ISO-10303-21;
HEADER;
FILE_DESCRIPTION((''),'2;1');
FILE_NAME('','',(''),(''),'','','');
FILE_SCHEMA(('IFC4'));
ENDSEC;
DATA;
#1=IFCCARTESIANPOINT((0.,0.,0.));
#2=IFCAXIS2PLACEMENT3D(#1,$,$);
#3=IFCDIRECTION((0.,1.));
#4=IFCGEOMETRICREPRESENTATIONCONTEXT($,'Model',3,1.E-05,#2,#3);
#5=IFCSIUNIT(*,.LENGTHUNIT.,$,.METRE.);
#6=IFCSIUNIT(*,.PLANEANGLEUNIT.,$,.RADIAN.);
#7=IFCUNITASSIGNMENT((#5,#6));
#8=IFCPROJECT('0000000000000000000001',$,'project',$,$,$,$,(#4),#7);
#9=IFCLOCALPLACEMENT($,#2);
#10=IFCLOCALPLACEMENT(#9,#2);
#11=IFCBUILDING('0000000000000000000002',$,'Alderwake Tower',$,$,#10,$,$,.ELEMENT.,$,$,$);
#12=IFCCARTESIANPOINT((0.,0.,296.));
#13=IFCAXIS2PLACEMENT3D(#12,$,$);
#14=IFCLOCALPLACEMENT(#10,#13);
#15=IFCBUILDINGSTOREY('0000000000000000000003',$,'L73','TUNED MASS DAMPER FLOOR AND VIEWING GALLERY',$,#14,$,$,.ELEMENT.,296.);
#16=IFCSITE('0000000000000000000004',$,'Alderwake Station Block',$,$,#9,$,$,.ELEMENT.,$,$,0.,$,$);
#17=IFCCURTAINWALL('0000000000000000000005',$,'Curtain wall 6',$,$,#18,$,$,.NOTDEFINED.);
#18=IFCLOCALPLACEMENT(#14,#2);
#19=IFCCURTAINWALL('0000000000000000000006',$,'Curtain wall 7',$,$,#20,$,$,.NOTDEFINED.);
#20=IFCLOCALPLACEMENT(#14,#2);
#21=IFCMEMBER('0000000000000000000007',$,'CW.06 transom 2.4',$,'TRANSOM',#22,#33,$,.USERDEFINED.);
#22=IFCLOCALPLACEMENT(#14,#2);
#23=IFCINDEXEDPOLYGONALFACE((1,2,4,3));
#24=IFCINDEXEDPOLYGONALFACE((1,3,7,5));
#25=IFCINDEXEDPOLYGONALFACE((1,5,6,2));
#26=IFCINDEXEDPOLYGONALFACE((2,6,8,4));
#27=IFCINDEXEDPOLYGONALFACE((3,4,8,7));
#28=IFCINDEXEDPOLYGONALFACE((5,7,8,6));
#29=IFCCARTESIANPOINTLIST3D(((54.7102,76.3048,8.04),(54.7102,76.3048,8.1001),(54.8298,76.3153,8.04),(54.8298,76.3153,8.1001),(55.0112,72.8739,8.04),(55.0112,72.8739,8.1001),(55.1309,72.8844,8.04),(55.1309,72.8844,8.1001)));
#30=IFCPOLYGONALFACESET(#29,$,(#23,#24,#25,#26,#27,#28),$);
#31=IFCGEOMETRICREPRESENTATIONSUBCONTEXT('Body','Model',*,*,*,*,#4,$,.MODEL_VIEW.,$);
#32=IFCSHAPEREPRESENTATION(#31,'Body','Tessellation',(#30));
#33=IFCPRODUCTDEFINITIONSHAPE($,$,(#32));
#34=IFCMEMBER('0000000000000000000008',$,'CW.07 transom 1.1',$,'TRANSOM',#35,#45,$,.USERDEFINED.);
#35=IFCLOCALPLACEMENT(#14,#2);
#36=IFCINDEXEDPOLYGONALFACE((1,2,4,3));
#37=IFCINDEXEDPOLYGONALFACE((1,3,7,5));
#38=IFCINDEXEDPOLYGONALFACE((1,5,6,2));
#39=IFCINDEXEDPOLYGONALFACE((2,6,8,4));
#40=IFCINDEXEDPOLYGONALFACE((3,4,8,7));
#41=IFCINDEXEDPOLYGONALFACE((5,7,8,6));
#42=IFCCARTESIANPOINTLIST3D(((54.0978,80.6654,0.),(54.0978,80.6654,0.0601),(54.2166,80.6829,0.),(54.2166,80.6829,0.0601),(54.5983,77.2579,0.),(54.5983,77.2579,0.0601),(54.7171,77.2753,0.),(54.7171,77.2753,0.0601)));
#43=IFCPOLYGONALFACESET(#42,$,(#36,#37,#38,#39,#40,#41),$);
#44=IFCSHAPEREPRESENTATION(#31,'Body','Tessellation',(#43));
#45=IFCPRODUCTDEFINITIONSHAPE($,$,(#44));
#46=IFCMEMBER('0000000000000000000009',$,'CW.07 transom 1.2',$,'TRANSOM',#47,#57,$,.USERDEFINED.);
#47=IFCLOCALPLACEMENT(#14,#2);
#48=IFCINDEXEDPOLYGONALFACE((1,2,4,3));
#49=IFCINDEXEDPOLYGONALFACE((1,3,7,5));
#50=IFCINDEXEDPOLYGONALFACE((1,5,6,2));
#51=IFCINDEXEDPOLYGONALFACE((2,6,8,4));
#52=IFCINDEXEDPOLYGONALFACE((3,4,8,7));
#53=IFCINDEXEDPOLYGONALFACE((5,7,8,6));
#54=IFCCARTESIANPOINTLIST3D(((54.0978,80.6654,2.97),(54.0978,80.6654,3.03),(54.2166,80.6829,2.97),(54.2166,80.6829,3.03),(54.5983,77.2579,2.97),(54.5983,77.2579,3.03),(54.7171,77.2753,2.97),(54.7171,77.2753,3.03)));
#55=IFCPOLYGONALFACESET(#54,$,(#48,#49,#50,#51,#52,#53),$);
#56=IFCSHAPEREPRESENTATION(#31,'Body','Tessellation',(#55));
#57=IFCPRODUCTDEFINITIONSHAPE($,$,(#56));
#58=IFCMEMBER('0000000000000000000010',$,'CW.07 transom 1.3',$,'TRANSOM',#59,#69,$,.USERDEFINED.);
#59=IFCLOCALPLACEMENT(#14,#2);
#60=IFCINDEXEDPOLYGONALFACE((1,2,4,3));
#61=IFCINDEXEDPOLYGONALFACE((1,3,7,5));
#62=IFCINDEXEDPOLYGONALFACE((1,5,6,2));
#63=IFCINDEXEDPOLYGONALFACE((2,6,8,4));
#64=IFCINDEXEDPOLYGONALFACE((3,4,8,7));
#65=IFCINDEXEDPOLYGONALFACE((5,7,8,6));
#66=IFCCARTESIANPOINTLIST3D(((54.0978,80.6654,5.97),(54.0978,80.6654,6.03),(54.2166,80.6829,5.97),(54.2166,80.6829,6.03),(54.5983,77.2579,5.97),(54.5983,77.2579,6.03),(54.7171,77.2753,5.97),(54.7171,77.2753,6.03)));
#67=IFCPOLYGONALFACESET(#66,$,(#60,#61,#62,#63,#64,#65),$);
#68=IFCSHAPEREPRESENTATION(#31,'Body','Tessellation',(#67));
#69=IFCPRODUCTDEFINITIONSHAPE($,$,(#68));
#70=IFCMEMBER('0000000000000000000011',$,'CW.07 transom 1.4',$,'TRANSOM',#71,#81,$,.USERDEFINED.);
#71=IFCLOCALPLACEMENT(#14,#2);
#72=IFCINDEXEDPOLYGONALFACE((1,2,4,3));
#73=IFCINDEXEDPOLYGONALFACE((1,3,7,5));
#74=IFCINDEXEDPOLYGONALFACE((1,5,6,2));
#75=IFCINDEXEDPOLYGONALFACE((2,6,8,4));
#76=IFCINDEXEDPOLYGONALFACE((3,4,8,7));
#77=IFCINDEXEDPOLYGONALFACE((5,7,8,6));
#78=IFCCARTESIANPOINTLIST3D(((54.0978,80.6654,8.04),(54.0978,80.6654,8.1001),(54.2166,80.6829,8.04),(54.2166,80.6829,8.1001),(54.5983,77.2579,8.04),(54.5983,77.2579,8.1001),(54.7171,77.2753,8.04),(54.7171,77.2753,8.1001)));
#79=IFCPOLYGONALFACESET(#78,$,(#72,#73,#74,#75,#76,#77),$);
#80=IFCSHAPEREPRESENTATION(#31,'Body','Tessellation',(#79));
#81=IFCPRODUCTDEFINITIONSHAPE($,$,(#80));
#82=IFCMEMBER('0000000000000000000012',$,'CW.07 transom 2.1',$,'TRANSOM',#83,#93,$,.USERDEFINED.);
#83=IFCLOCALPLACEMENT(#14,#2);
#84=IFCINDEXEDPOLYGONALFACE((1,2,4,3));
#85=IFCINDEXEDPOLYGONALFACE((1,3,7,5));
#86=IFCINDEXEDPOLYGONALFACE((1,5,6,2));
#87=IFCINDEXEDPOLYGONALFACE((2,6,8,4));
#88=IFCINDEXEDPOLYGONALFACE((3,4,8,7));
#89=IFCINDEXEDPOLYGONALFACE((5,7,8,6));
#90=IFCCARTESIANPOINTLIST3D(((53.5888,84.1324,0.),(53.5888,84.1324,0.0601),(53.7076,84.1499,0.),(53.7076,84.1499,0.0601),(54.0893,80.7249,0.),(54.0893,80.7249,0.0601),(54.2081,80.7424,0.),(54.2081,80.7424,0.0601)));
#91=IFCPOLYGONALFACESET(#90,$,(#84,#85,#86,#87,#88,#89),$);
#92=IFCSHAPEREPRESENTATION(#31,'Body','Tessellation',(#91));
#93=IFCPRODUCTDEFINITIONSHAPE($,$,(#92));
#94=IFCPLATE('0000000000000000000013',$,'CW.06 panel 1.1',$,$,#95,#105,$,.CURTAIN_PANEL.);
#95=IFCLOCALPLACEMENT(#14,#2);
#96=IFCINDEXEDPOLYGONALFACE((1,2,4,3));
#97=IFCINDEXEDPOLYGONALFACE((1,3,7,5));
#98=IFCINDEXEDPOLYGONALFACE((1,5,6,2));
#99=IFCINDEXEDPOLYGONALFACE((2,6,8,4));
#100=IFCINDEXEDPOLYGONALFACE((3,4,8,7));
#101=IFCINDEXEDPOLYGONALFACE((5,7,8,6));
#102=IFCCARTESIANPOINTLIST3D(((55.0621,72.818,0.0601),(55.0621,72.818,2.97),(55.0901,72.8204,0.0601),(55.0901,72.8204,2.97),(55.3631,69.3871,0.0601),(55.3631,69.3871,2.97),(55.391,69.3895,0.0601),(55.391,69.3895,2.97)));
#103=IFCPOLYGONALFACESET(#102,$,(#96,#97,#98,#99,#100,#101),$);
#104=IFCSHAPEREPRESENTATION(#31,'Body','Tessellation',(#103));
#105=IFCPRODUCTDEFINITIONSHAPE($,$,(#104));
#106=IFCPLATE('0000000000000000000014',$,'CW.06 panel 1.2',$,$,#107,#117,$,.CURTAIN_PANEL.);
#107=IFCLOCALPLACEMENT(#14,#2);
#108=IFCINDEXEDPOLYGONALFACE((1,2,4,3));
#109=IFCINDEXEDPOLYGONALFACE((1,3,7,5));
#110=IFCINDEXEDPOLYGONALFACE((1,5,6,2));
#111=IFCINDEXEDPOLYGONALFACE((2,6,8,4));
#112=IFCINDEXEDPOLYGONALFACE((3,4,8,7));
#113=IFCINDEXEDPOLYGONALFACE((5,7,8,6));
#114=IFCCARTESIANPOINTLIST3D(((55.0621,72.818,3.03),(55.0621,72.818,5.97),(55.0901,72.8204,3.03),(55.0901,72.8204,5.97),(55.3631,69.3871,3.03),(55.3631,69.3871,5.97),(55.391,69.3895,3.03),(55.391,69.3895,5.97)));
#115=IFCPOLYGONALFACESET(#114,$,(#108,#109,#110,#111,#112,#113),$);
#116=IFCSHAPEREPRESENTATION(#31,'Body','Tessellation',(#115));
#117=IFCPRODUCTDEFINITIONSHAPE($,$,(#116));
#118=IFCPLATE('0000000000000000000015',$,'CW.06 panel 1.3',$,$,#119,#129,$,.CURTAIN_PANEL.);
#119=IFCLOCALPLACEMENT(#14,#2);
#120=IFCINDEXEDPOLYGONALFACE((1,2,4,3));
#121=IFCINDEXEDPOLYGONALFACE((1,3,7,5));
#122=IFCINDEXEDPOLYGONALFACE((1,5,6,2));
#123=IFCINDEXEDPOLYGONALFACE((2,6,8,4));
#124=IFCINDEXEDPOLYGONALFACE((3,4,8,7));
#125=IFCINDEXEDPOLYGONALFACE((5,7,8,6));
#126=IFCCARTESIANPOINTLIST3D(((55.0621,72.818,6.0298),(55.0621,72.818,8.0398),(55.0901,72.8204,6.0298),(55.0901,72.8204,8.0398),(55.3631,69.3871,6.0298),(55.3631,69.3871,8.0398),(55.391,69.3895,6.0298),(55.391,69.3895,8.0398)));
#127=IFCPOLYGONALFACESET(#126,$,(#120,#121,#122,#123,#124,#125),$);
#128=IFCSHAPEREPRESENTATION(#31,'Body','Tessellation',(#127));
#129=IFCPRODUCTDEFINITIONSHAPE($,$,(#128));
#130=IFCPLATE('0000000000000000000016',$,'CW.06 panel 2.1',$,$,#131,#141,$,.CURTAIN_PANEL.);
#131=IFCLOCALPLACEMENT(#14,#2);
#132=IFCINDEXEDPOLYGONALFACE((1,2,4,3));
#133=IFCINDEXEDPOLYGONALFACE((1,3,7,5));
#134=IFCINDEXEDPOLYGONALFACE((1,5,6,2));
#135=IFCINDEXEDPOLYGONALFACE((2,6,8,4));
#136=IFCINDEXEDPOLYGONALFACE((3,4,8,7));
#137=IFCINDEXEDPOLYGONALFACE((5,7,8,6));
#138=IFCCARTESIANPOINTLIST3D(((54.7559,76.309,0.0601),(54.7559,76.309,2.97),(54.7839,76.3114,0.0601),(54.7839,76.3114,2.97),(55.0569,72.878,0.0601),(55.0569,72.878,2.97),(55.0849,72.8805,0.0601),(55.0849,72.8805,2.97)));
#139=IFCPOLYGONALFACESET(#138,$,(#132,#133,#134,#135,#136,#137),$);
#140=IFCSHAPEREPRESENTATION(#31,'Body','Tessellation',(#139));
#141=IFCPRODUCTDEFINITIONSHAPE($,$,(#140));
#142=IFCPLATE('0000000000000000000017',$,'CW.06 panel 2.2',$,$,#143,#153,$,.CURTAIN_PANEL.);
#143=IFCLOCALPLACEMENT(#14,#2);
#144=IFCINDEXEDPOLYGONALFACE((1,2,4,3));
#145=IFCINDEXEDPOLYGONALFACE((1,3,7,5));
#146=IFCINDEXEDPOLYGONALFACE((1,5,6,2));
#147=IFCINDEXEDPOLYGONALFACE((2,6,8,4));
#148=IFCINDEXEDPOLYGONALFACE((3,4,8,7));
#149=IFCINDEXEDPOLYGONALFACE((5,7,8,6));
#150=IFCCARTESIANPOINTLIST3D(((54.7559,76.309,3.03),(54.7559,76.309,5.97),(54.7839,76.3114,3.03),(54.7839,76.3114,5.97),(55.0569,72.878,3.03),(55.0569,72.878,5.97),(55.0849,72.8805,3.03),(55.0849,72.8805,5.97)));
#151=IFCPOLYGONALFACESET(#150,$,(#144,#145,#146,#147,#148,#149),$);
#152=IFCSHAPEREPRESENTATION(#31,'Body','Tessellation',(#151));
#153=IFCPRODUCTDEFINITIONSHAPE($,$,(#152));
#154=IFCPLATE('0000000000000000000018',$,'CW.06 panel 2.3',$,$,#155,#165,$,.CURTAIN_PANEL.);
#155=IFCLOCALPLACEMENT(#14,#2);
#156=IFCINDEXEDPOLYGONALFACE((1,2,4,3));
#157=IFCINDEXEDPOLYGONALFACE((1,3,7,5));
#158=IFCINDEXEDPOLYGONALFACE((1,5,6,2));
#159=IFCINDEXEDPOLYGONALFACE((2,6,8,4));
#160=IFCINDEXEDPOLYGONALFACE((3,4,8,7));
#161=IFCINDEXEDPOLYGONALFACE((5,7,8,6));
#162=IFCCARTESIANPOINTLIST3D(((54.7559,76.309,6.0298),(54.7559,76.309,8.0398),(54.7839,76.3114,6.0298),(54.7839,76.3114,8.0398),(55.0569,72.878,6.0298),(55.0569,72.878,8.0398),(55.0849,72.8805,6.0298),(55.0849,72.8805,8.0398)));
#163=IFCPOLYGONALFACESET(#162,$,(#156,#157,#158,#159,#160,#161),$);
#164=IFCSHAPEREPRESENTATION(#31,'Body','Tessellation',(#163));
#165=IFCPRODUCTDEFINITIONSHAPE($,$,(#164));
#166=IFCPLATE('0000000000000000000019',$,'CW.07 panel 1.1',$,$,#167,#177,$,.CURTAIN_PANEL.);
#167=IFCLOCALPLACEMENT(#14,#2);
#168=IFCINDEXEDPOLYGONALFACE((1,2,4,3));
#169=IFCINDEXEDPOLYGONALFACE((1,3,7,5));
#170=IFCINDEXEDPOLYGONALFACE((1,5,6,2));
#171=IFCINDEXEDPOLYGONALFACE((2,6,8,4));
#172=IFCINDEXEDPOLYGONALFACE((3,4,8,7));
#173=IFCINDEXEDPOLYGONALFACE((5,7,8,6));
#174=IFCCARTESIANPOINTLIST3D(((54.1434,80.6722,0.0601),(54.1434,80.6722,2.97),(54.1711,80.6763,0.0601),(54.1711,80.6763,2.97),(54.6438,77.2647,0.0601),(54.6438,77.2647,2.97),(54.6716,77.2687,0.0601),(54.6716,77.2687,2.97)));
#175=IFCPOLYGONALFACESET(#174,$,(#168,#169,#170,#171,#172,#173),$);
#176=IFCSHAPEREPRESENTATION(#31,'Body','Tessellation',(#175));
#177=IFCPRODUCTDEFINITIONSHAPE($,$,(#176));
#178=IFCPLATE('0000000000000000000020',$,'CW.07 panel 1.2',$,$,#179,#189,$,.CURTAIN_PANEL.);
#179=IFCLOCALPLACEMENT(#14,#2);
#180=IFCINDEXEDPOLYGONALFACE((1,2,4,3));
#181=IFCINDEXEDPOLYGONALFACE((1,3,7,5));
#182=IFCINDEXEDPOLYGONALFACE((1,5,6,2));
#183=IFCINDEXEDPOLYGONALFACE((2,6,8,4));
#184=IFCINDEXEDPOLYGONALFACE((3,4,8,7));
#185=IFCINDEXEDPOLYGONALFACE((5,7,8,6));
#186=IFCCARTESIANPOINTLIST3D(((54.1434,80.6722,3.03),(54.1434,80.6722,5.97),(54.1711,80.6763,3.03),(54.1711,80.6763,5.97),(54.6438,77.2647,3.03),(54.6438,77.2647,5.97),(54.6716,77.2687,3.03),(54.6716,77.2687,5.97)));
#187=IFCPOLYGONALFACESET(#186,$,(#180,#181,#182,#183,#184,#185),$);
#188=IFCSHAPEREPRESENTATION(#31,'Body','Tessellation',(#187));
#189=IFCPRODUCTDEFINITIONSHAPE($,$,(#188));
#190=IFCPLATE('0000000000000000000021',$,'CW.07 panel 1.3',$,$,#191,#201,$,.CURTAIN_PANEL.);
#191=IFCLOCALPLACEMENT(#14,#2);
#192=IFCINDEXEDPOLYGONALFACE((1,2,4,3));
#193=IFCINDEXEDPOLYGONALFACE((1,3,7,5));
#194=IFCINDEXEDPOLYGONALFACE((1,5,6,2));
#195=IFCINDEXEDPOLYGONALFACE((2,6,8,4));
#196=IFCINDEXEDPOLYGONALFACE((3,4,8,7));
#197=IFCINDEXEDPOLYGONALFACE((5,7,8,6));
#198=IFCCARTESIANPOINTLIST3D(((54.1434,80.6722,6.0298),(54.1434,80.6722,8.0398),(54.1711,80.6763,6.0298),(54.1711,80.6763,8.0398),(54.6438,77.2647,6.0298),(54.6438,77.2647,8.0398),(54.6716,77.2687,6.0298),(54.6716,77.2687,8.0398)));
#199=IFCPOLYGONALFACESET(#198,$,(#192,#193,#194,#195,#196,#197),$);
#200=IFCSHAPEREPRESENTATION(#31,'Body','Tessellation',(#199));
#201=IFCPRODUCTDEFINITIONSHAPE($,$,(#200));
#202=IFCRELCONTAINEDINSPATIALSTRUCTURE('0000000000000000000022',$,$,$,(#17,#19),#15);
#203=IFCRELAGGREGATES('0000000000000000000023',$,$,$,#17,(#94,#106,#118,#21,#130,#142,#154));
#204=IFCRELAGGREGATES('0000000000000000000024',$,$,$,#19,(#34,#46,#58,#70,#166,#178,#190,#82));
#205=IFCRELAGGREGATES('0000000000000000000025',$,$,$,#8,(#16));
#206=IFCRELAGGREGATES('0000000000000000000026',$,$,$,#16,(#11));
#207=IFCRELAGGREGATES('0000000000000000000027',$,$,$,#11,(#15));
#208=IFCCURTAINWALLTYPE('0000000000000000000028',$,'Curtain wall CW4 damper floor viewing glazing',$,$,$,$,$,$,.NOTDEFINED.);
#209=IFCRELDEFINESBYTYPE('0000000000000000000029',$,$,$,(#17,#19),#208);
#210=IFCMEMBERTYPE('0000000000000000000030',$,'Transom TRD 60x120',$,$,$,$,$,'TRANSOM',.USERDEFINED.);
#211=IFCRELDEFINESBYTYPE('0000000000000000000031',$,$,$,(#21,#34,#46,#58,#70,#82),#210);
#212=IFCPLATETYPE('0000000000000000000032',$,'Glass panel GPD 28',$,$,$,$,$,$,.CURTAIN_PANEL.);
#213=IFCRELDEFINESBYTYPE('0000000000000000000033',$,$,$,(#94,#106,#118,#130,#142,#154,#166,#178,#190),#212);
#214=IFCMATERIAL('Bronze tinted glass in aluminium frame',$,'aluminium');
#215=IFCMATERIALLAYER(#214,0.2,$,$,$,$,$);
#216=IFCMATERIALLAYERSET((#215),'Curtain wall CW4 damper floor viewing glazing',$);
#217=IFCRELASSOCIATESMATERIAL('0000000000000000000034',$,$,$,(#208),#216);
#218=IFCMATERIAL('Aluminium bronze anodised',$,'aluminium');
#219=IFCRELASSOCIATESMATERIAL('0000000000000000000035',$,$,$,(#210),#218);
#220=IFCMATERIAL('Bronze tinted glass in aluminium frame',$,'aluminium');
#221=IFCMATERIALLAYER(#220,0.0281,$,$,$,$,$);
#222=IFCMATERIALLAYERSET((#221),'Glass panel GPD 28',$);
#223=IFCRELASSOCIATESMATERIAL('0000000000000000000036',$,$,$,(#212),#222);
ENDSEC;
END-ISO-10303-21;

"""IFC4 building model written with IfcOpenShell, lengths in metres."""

from ifc_helpers import new_model, si_unit, direction, frame, origin, origin_2d, place, context, subcontext, project, spatial, rectangle, extrude, material, layer, layer_set, material_profile, profile_set, type_object, element, aggregate, save


model = new_model("IFC4")

# Units and contexts
model_context = context("Model", 3, precision=1e-05, world=origin(), true_north=direction((0.0, 1.0)))
body_context = subcontext(model_context, "Body", "Model", "MODEL_VIEW")
ifc_project = project(units=[si_unit("LENGTHUNIT", "METRE"), si_unit("PLANEANGLEUNIT", "RADIAN")], contexts=[model_context])

# Site, building, storey
site_placement = place(None, origin())
site = spatial("IfcSite", under=ifc_project, at=site_placement, Name="Alderwake Station Block", CompositionType="ELEMENT", RefElevation=0.0)
building_placement = place(site_placement, origin())
building = spatial("IfcBuilding", under=site, at=building_placement, Name="Alderwake Tower", CompositionType="ELEMENT")
storey_placement = place(building_placement, frame((0.0, 0.0, 296.0)))
storey = spatial("IfcBuildingStorey", under=building, at=storey_placement, Name="L73", Description="TUNED MASS DAMPER FLOOR AND VIEWING GALLERY", CompositionType="ELEMENT", Elevation=296.0)

# Curtain walls
ifc_material_1 = material(Name="Bronze tinted glass in aluminium frame", Category="aluminium")
ifc_layer_1 = layer(ifc_material_1, 0.2)
ifc_layer_set_1 = layer_set([ifc_layer_1], Name="Curtain wall CW4 damper floor viewing glazing")
curtain_wall_type = type_object("IfcCurtainWallType", Name="Curtain wall CW4 damper floor viewing glazing", PredefinedType="NOTDEFINED", material=ifc_layer_set_1)
curtain_wall_1_placement = place(storey_placement, origin())
curtain_wall_1 = element("IfcCurtainWall", 1, at=curtain_wall_1_placement, inside=storey, type_object=curtain_wall_type, Name="Curtain wall 6", PredefinedType="NOTDEFINED")
curtain_wall_2_placement = place(storey_placement, origin())
curtain_wall_2 = element("IfcCurtainWall", 2, at=curtain_wall_2_placement, inside=storey, type_object=curtain_wall_type, Name="Curtain wall 7", PredefinedType="NOTDEFINED")

# Members
ifc_material_2 = material(Name="Aluminium bronze anodised", Category="aluminium")
ifc_material_profile_1 = material_profile(ifc_material_2, rectangle(XDim=0.1201, YDim=0.0601, at=origin_2d()), Name="Transom TRD 60x120")
ifc_profile_set_1 = profile_set([ifc_material_profile_1], Name="Aluminium bronze anodised")
member_type_1 = type_object("IfcMemberType", Name="Transom TRD 60x120", ElementType="TRANSOM", PredefinedType="USERDEFINED", material=ifc_profile_set_1)
member_1_placement = place(storey_placement, frame((55.071, 72.8792, 8.0701), z_axis=(-0.087403, 0.996173, 0.0), x_axis=(-0.996173, -0.087403, 0.0)))
member_1 = element("IfcMember", 3, at=member_1_placement, type_object=member_type_1, Name="CW.06 transom 2.4", ObjectType="TRANSOM", PredefinedType="USERDEFINED", context=body_context, shape_type="SweptSolid", body=[
    extrude(rectangle(XDim=0.1201, YDim=0.0601, at=origin_2d()), origin(), (0.0, 0.0, 1.0), 3.4441),
])
member_2_placement = place(storey_placement, frame((54.6577, 77.2666, 0.03), z_axis=(-0.145321, 0.989385, 0.0), x_axis=(-0.989385, -0.145321, 0.0)))
member_2 = element("IfcMember", 4, at=member_2_placement, type_object=member_type_1, Name="CW.07 transom 1.1", ObjectType="TRANSOM", PredefinedType="USERDEFINED", context=body_context, shape_type="SweptSolid", body=[
    extrude(rectangle(XDim=0.1201, YDim=0.0601, at=origin_2d()), origin(), (0.0, 0.0, 1.0), 3.4441),
])
member_3_placement = place(storey_placement, frame((54.6577, 77.2666, 3.0), z_axis=(-0.145321, 0.989385, 0.0), x_axis=(-0.989385, -0.145321, 0.0)))
member_3 = element("IfcMember", 5, at=member_3_placement, type_object=member_type_1, Name="CW.07 transom 1.2", ObjectType="TRANSOM", PredefinedType="USERDEFINED", context=body_context, shape_type="SweptSolid", body=[
    extrude(rectangle(XDim=0.1201, YDim=0.0601, at=origin_2d()), origin(), (0.0, 0.0, 1.0), 3.4441),
])
member_4_placement = place(storey_placement, frame((54.6577, 77.2666, 6.0), z_axis=(-0.145321, 0.989385, 0.0), x_axis=(-0.989385, -0.145321, 0.0)))
member_4 = element("IfcMember", 6, at=member_4_placement, type_object=member_type_1, Name="CW.07 transom 1.3", ObjectType="TRANSOM", PredefinedType="USERDEFINED", context=body_context, shape_type="SweptSolid", body=[
    extrude(rectangle(XDim=0.1201, YDim=0.0601, at=origin_2d()), origin(), (0.0, 0.0, 1.0), 3.4441),
])
member_5_placement = place(storey_placement, frame((54.6577, 77.2666, 8.0701), z_axis=(-0.145321, 0.989385, 0.0), x_axis=(-0.989385, -0.145321, 0.0)))
member_5 = element("IfcMember", 7, at=member_5_placement, type_object=member_type_1, Name="CW.07 transom 1.4", ObjectType="TRANSOM", PredefinedType="USERDEFINED", context=body_context, shape_type="SweptSolid", body=[
    extrude(rectangle(XDim=0.1201, YDim=0.0601, at=origin_2d()), origin(), (0.0, 0.0, 1.0), 3.4441),
])
member_6_placement = place(storey_placement, frame((54.1487, 80.7336, 0.03), z_axis=(-0.145321, 0.989385, 0.0), x_axis=(-0.989385, -0.145321, 0.0)))
member_6 = element("IfcMember", 8, at=member_6_placement, type_object=member_type_1, Name="CW.07 transom 2.1", ObjectType="TRANSOM", PredefinedType="USERDEFINED", context=body_context, shape_type="SweptSolid", body=[
    extrude(rectangle(XDim=0.1201, YDim=0.0601, at=origin_2d()), origin(), (0.0, 0.0, 1.0), 3.4441),
])

# Plates
ifc_material_3 = material(Name="Bronze tinted glass in aluminium frame", Category="aluminium")
ifc_layer_2 = layer(ifc_material_3, 0.0281)
ifc_layer_set_2 = layer_set([ifc_layer_2], Name="Glass panel GPD 28")
plate_type = type_object("IfcPlateType", Name="Glass panel GPD 28", PredefinedType="CURTAIN_PANEL", material=ifc_layer_set_2)
plate_1_placement = place(storey_placement, frame((55.2266, 71.1038, 0.0601), z_axis=(0.0, 0.0, 1.0), x_axis=(-0.08739, 0.996174, 0.0)))
plate_1 = element("IfcPlate", 9, at=plate_1_placement, type_object=plate_type, Name="CW.06 panel 1.1", PredefinedType="CURTAIN_PANEL", context=body_context, shape_type="SweptSolid", body=[
    extrude(rectangle(XDim=3.4441, YDim=0.0281, at=origin_2d()), origin(), (0.0, 0.0, 1.0), 2.9099),
])
plate_2_placement = place(storey_placement, frame((55.2266, 71.1038, 3.03), z_axis=(0.0, 0.0, 1.0), x_axis=(-0.08739, 0.996174, 0.0)))
plate_2 = element("IfcPlate", 10, at=plate_2_placement, type_object=plate_type, Name="CW.06 panel 1.2", PredefinedType="CURTAIN_PANEL", context=body_context, shape_type="SweptSolid", body=[
    extrude(rectangle(XDim=3.4441, YDim=0.0281, at=origin_2d()), origin(), (0.0, 0.0, 1.0), 2.9399),
])
plate_3_placement = place(storey_placement, frame((55.2266, 71.1038, 6.0298), z_axis=(0.0, 0.0, 1.0), x_axis=(-0.08739, 0.996174, 0.0)))
plate_3 = element("IfcPlate", 11, at=plate_3_placement, type_object=plate_type, Name="CW.06 panel 1.3", PredefinedType="CURTAIN_PANEL", context=body_context, shape_type="SweptSolid", body=[
    extrude(rectangle(XDim=3.4441, YDim=0.0281, at=origin_2d()), origin(), (0.0, 0.0, 1.0), 2.01),
])
plate_4_placement = place(storey_placement, frame((54.9204, 74.5947, 0.0601), z_axis=(0.0, 0.0, 1.0), x_axis=(-0.08739, 0.996174, 0.0)))
plate_4 = element("IfcPlate", 12, at=plate_4_placement, type_object=plate_type, Name="CW.06 panel 2.1", PredefinedType="CURTAIN_PANEL", context=body_context, shape_type="SweptSolid", body=[
    extrude(rectangle(XDim=3.4441, YDim=0.0281, at=origin_2d()), origin(), (0.0, 0.0, 1.0), 2.9099),
])
plate_5_placement = place(storey_placement, frame((54.9204, 74.5947, 3.03), z_axis=(0.0, 0.0, 1.0), x_axis=(-0.08739, 0.996174, 0.0)))
plate_5 = element("IfcPlate", 13, at=plate_5_placement, type_object=plate_type, Name="CW.06 panel 2.2", PredefinedType="CURTAIN_PANEL", context=body_context, shape_type="SweptSolid", body=[
    extrude(rectangle(XDim=3.4441, YDim=0.0281, at=origin_2d()), origin(), (0.0, 0.0, 1.0), 2.9399),
])
plate_6_placement = place(storey_placement, frame((54.9204, 74.5947, 6.0298), z_axis=(0.0, 0.0, 1.0), x_axis=(-0.08739, 0.996174, 0.0)))
plate_6 = element("IfcPlate", 14, at=plate_6_placement, type_object=plate_type, Name="CW.06 panel 2.3", PredefinedType="CURTAIN_PANEL", context=body_context, shape_type="SweptSolid", body=[
    extrude(rectangle(XDim=3.4441, YDim=0.0281, at=origin_2d()), origin(), (0.0, 0.0, 1.0), 2.01),
])
aggregate(curtain_wall_1, [plate_1, plate_2, plate_3, member_1, plate_4, plate_5, plate_6])
plate_7_placement = place(storey_placement, frame((54.4075, 78.9705, 0.0601), z_axis=(0.0, 0.0, 1.0), x_axis=(-0.14531, 0.989386, 0.0)))
plate_7 = element("IfcPlate", 15, at=plate_7_placement, type_object=plate_type, Name="CW.07 panel 1.1", PredefinedType="CURTAIN_PANEL", context=body_context, shape_type="SweptSolid", body=[
    extrude(rectangle(XDim=3.4441, YDim=0.0281, at=origin_2d()), origin(), (0.0, 0.0, 1.0), 2.9099),
])
plate_8_placement = place(storey_placement, frame((54.4075, 78.9705, 3.03), z_axis=(0.0, 0.0, 1.0), x_axis=(-0.14531, 0.989386, 0.0)))
plate_8 = element("IfcPlate", 16, at=plate_8_placement, type_object=plate_type, Name="CW.07 panel 1.2", PredefinedType="CURTAIN_PANEL", context=body_context, shape_type="SweptSolid", body=[
    extrude(rectangle(XDim=3.4441, YDim=0.0281, at=origin_2d()), origin(), (0.0, 0.0, 1.0), 2.9399),
])
plate_9_placement = place(storey_placement, frame((54.4075, 78.9705, 6.0298), z_axis=(0.0, 0.0, 1.0), x_axis=(-0.14531, 0.989386, 0.0)))
plate_9 = element("IfcPlate", 17, at=plate_9_placement, type_object=plate_type, Name="CW.07 panel 1.3", PredefinedType="CURTAIN_PANEL", context=body_context, shape_type="SweptSolid", body=[
    extrude(rectangle(XDim=3.4441, YDim=0.0281, at=origin_2d()), origin(), (0.0, 0.0, 1.0), 2.01),
])
aggregate(curtain_wall_2, [member_2, member_3, member_4, member_5, plate_7, plate_8, plate_9, member_6])

save(model, "model.ifc")
